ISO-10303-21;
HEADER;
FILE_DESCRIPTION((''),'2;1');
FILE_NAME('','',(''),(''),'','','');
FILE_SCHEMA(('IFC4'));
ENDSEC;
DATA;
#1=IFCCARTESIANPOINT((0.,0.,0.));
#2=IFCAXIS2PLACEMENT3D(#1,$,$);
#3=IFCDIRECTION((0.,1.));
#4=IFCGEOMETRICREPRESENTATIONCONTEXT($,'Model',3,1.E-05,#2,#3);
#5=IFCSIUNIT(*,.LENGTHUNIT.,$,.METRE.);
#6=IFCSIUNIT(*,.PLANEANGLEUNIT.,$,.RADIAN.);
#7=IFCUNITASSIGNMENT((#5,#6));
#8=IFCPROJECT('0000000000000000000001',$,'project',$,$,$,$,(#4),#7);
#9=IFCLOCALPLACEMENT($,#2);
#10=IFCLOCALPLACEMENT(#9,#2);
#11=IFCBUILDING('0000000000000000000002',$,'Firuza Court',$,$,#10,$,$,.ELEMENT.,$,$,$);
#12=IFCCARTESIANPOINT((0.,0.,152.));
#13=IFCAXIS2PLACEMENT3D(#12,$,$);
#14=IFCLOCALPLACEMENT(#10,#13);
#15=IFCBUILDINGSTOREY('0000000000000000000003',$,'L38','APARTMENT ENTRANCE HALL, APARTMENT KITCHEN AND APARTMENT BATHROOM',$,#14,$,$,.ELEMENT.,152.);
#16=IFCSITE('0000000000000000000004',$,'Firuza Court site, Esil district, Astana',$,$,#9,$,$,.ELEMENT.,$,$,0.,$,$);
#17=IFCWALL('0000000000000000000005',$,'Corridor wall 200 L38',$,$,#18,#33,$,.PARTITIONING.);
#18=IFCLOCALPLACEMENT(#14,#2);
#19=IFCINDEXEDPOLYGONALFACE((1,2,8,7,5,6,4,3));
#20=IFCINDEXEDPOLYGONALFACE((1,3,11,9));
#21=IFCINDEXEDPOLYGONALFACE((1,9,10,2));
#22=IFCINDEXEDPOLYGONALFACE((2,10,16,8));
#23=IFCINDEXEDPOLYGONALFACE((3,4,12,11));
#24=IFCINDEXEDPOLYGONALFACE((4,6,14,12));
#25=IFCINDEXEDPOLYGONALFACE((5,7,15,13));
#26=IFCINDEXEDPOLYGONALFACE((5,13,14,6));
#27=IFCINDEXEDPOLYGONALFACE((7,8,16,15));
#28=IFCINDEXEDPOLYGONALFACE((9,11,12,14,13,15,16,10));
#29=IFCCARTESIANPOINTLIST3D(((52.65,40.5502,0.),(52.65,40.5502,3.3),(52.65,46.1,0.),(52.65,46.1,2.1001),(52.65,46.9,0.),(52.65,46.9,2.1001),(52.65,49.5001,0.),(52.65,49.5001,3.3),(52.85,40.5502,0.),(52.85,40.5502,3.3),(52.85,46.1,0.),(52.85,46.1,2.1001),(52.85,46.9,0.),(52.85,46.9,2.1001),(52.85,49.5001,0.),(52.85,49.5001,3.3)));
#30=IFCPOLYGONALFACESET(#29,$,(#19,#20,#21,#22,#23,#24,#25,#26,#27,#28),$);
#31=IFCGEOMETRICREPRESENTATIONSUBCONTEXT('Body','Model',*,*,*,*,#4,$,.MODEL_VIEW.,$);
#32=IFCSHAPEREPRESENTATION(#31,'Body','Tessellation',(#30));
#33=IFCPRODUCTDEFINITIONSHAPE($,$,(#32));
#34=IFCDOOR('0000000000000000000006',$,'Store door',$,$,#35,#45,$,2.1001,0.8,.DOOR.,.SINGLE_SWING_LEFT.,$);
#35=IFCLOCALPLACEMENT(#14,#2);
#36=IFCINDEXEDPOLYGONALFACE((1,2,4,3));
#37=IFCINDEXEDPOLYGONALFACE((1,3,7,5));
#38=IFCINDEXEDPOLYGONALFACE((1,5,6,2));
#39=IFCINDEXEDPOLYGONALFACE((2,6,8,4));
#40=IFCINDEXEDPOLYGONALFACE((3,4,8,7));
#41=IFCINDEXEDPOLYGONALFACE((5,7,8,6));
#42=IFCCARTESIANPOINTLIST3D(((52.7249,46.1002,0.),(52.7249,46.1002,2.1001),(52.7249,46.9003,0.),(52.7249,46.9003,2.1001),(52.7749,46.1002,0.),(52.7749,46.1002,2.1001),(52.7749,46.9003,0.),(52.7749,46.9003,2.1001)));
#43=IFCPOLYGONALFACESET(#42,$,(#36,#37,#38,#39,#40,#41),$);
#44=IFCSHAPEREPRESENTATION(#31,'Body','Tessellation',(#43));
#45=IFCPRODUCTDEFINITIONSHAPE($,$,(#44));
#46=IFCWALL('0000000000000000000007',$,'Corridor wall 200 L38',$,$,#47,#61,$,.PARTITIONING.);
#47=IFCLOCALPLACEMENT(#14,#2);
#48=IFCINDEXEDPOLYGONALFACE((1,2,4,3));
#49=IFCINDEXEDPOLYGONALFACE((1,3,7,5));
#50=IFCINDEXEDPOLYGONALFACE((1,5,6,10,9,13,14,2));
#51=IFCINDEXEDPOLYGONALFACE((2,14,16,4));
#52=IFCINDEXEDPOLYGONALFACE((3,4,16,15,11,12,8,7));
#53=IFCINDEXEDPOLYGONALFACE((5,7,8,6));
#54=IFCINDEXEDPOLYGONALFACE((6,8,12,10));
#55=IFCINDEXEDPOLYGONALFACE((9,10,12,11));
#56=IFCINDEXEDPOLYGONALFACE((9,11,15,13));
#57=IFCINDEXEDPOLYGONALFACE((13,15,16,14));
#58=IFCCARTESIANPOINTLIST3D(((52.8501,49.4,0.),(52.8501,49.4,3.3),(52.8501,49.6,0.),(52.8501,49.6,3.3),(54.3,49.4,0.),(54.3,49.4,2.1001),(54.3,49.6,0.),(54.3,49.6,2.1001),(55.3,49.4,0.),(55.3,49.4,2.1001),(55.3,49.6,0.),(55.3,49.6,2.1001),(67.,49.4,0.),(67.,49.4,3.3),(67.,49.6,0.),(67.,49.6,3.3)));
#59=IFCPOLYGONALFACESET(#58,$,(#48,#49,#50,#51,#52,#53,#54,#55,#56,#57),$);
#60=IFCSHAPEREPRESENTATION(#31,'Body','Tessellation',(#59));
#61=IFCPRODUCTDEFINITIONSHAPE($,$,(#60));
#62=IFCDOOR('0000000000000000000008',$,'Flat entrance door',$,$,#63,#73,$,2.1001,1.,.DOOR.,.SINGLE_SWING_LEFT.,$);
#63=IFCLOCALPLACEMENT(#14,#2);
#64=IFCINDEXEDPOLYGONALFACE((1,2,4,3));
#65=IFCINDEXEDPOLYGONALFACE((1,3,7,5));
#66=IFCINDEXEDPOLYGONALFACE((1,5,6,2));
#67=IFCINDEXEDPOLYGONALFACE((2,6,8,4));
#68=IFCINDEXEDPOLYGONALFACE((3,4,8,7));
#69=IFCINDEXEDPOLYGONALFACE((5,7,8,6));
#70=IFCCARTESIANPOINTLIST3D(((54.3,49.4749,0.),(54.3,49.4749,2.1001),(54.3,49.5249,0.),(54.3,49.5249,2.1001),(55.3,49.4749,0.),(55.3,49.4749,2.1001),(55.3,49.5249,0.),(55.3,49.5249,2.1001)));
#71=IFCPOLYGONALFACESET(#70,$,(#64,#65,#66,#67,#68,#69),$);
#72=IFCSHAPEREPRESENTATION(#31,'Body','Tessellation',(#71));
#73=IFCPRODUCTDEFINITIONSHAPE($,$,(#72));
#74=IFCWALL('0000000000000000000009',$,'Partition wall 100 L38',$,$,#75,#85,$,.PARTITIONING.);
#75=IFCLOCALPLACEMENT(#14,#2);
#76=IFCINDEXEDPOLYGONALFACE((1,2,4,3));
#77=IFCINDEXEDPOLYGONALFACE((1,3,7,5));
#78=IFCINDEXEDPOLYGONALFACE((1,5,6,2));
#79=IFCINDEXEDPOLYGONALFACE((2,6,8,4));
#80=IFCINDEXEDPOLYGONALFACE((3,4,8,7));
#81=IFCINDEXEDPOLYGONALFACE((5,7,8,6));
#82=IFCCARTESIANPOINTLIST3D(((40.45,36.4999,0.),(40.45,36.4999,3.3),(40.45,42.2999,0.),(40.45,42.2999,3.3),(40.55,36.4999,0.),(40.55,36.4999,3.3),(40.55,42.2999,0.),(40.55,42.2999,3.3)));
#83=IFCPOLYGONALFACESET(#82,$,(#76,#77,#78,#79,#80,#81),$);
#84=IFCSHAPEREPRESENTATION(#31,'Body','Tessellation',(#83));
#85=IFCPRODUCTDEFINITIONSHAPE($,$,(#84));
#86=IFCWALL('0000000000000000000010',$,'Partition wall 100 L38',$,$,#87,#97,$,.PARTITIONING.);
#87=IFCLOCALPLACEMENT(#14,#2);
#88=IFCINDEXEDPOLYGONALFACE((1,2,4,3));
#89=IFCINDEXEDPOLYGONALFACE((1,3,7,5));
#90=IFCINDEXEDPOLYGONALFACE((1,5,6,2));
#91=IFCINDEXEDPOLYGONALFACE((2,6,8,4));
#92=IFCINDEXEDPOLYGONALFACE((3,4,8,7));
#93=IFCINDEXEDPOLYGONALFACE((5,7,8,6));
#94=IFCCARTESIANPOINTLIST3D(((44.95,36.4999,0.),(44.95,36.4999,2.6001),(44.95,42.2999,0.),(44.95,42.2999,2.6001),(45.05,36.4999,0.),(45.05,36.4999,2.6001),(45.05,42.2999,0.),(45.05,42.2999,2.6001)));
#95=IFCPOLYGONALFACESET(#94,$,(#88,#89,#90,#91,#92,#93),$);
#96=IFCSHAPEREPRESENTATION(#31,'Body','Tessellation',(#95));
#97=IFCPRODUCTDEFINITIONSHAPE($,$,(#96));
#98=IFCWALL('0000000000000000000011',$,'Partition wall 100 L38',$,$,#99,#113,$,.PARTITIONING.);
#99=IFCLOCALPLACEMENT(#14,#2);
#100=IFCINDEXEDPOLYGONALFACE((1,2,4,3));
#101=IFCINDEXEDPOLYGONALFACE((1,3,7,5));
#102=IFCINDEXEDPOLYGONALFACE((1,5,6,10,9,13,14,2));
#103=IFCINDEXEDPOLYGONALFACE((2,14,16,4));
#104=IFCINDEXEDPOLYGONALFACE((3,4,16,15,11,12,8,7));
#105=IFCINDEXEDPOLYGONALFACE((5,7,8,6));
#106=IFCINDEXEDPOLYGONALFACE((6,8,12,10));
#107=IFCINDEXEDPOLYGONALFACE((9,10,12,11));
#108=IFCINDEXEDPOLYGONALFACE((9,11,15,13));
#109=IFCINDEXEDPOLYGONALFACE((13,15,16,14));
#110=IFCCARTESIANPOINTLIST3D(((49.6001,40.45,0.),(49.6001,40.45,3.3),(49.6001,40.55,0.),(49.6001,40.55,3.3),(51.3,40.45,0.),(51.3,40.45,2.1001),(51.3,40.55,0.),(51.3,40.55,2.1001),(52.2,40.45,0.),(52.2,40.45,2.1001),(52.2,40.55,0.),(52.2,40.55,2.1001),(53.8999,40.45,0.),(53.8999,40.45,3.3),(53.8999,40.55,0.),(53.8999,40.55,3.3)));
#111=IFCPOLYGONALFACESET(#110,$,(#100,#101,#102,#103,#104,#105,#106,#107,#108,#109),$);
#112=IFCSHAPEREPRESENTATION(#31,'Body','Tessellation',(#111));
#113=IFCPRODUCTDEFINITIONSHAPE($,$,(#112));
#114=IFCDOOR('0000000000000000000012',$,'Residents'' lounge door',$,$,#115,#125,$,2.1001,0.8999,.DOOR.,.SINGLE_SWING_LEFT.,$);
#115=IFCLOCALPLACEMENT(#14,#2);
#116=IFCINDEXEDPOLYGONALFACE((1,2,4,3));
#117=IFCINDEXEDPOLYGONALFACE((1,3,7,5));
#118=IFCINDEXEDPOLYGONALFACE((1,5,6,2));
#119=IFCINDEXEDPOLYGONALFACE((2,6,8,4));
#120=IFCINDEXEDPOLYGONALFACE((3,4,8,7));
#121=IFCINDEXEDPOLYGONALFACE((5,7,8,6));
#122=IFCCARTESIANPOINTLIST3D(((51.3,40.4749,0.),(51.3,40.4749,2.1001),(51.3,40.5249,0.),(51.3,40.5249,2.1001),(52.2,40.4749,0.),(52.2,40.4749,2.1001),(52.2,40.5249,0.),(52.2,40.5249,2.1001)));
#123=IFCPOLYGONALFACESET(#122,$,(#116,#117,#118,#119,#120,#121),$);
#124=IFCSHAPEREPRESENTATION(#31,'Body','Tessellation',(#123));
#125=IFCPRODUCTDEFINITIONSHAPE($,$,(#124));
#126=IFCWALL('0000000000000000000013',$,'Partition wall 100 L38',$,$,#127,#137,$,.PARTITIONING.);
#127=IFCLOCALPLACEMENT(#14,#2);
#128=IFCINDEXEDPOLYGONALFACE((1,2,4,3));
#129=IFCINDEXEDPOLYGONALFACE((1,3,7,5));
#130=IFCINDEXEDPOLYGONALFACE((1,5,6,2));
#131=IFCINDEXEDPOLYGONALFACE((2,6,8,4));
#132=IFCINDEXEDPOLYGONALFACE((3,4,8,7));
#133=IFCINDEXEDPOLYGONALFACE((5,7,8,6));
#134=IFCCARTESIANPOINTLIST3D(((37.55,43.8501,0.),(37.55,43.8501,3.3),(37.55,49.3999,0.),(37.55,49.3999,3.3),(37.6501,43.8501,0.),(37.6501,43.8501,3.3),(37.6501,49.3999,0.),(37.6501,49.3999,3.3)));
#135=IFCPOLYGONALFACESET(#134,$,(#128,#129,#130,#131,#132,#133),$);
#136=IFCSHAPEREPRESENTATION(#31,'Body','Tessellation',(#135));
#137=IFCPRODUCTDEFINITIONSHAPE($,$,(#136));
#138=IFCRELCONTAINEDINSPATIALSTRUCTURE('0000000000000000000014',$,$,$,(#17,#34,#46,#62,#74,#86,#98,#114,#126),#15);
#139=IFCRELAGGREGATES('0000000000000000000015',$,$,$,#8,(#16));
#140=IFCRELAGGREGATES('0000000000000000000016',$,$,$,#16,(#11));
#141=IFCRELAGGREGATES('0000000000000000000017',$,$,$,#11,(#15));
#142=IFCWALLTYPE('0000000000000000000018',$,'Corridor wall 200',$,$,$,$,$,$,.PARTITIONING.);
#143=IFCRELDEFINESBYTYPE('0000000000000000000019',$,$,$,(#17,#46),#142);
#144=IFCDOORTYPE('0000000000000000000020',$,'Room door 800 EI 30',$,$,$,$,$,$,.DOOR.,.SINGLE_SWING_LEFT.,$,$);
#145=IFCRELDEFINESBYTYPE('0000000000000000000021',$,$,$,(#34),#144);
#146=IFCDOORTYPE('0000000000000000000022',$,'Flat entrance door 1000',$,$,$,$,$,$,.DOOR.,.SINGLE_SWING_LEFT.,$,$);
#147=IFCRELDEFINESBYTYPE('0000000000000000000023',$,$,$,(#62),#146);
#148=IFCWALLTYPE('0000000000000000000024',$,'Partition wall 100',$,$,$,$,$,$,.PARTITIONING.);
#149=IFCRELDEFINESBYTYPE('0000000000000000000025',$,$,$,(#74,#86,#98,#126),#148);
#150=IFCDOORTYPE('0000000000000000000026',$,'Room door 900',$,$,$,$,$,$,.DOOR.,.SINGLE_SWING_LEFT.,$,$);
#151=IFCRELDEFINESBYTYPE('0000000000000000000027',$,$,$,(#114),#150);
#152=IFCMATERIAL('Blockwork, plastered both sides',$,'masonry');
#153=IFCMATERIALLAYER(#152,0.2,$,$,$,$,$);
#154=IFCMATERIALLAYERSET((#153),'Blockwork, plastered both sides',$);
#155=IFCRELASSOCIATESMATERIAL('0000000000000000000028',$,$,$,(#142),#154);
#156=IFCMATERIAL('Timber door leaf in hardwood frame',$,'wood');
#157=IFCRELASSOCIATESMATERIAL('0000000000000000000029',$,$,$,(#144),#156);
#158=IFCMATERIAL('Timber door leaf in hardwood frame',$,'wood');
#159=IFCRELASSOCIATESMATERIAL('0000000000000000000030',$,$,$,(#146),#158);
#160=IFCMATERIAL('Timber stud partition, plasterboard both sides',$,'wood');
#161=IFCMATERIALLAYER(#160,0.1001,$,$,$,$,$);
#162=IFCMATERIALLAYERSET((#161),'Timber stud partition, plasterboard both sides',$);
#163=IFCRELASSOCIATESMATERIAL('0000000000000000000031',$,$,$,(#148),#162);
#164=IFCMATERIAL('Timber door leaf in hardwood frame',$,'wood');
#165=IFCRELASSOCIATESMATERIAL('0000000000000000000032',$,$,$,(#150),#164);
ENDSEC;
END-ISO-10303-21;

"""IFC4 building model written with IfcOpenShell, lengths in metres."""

from ifc_helpers import new_model, si_unit, direction, frame, frame_2d, origin, place, context, subcontext, project, spatial, rectangle, extrude, material, layer, layer_set, type_object, element, fill, save


model = new_model("IFC4")

# Units and contexts
model_context = context("Model", 3, precision=1e-05, world=origin(), true_north=direction((0.0, 1.0)))
body_context = subcontext(model_context, "Body", "Model", "MODEL_VIEW")
ifc_project = project(units=[si_unit("LENGTHUNIT", "METRE"), si_unit("PLANEANGLEUNIT", "RADIAN")], contexts=[model_context])

# Site, building, storey
site_placement = place(None, origin())
site = spatial("IfcSite", under=ifc_project, at=site_placement, Name="Firuza Court site, Esil district, Astana", CompositionType="ELEMENT", RefElevation=0.0)
building_placement = place(site_placement, origin())
building = spatial("IfcBuilding", under=site, at=building_placement, Name="Firuza Court", CompositionType="ELEMENT")
storey_placement = place(building_placement, frame((0.0, 0.0, 152.0)))
storey = spatial("IfcBuildingStorey", under=building, at=storey_placement, Name="L38", Description="APARTMENT ENTRANCE HALL, APARTMENT KITCHEN AND APARTMENT BATHROOM", CompositionType="ELEMENT", Elevation=152.0)

# Walls, openings, doors
ifc_material_1 = material(Name="Blockwork, plastered both sides", Category="masonry")
ifc_layer_1 = layer(ifc_material_1, 0.2)
ifc_layer_set_1 = layer_set([ifc_layer_1], Name="Blockwork, plastered both sides")
wall_type_1 = type_object("IfcWallType", Name="Corridor wall 200", PredefinedType="PARTITIONING", material=ifc_layer_set_1)
ifc_material_2 = material(Name="Timber door leaf in hardwood frame", Category="wood")
door_type_1 = type_object("IfcDoorType", Name="Room door 800 EI 30", OperationType="SINGLE_SWING_LEFT", PredefinedType="DOOR", material=ifc_material_2)
wall_1_placement = place(storey_placement, frame((52.75, 40.55, 0.0), z_axis=(0.0, 0.0, 1.0), x_axis=(0.0, 1.0, 0.0)))
wall_1 = element("IfcWall", 1, at=wall_1_placement, inside=storey, type_object=wall_type_1, Name="Corridor wall 200 L38", PredefinedType="PARTITIONING", context=body_context, shape_type="SweptSolid", body=[
    extrude(rectangle(XDim=8.95, YDim=0.2, at=frame_2d((4.4751, 0.0))), origin(), (0.0, 0.0, 1.0), 3.3),
])
opening_1_placement = place(wall_1_placement, frame((5.55, 0.0, 0.0)))
opening_1 = element("IfcOpeningElement", 2, at=opening_1_placement, cuts=wall_1, PredefinedType="OPENING", context=body_context, shape_type="SweptSolid", body=[
    extrude(rectangle(XDim=0.8, YDim=2.1001, at=frame_2d((0.3999, 1.05))), frame((0.0, 0.1118, 0.0), z_axis=(0.0, -1.0, 0.0), x_axis=(1.0, 0.0, 0.0)), (0.0, 0.0, 1.0), 0.2239),
])
door_1_placement = place(opening_1_placement, frame((0.8, 0.0, 0.0), z_axis=(0.0, 0.0, 1.0), x_axis=(-1.0, 0.0, 0.0)))
door_1 = element("IfcDoor", 3, at=door_1_placement, inside=storey, type_object=door_type_1, Name="Store door", OperationType="SINGLE_SWING_LEFT", OverallHeight=2.1001, OverallWidth=0.8, PredefinedType="DOOR", context=body_context, shape_type="SweptSolid", body=[
    extrude(rectangle(XDim=0.8, YDim=2.1001, at=frame_2d((0.3999, 1.05))), frame((0.0, 0.0249, 0.0), z_axis=(0.0, -1.0, 0.0), x_axis=(1.0, 0.0, 0.0)), (0.0, 0.0, 1.0), 0.05),
])
fill(opening_1, door_1)
wall_2_placement = place(storey_placement, frame((52.8501, 49.5, 0.0), z_axis=(0.0, 0.0, 1.0), x_axis=(1.0, 0.0, 0.0)))
wall_2 = element("IfcWall", 4, at=wall_2_placement, inside=storey, type_object=wall_type_1, Name="Corridor wall 200 L38", PredefinedType="PARTITIONING", context=body_context, shape_type="SweptSolid", body=[
    extrude(rectangle(XDim=14.1499, YDim=0.2, at=frame_2d((7.075, 0.0))), origin(), (0.0, 0.0, 1.0), 3.3),
])
opening_2_placement = place(wall_2_placement, frame((1.45, 0.0, 0.0)))
opening_2 = element("IfcOpeningElement", 5, at=opening_2_placement, cuts=wall_2, PredefinedType="OPENING", context=body_context, shape_type="SweptSolid", body=[
    extrude(rectangle(XDim=1.0, YDim=2.1001, at=frame_2d((0.5, 1.05))), frame((0.0, 0.1118, 0.0), z_axis=(0.0, -1.0, 0.0), x_axis=(1.0, 0.0, 0.0)), (0.0, 0.0, 1.0), 0.2239),
])
ifc_material_3 = material(Name="Timber door leaf in hardwood frame", Category="wood")
door_type_2 = type_object("IfcDoorType", Name="Flat entrance door 1000", OperationType="SINGLE_SWING_LEFT", PredefinedType="DOOR", material=ifc_material_3)
door_2_placement = place(opening_2_placement, origin())
door_2 = element("IfcDoor", 6, at=door_2_placement, inside=storey, type_object=door_type_2, Name="Flat entrance door", OperationType="SINGLE_SWING_LEFT", OverallHeight=2.1001, OverallWidth=1.0, PredefinedType="DOOR", context=body_context, shape_type="SweptSolid", body=[
    extrude(rectangle(XDim=1.0, YDim=2.1001, at=frame_2d((0.5, 1.05))), frame((0.0, 0.0249, 0.0), z_axis=(0.0, -1.0, 0.0), x_axis=(1.0, 0.0, 0.0)), (0.0, 0.0, 1.0), 0.05),
])
fill(opening_2, door_2)

# Walls
ifc_material_4 = material(Name="Timber stud partition, plasterboard both sides", Category="wood")
ifc_layer_2 = layer(ifc_material_4, 0.1001)
ifc_layer_set_2 = layer_set([ifc_layer_2], Name="Timber stud partition, plasterboard both sides")
wall_type_2 = type_object("IfcWallType", Name="Partition wall 100", PredefinedType="PARTITIONING", material=ifc_layer_set_2)
wall_3_placement = place(storey_placement, frame((40.5, 36.5, 0.0), z_axis=(0.0, 0.0, 1.0), x_axis=(0.0, 1.0, 0.0)))
element("IfcWall", 7, at=wall_3_placement, inside=storey, type_object=wall_type_2, Name="Partition wall 100 L38", PredefinedType="PARTITIONING", context=body_context, shape_type="SweptSolid", body=[
    extrude(rectangle(XDim=5.8, YDim=0.1001, at=frame_2d((2.8999, 0.0))), origin(), (0.0, 0.0, 1.0), 3.3),
])
wall_4_placement = place(storey_placement, frame((45.0, 36.5, 0.0), z_axis=(0.0, 0.0, 1.0), x_axis=(0.0, 1.0, 0.0)))
element("IfcWall", 8, at=wall_4_placement, inside=storey, type_object=wall_type_2, Name="Partition wall 100 L38", PredefinedType="PARTITIONING", context=body_context, shape_type="SweptSolid", body=[
    extrude(rectangle(XDim=5.8, YDim=0.1001, at=frame_2d((2.8999, 0.0))), origin(), (0.0, 0.0, 1.0), 2.6001),
])

# Wall, opening, door
wall_5_placement = place(storey_placement, frame((49.6001, 40.5, 0.0), z_axis=(0.0, 0.0, 1.0), x_axis=(1.0, 0.0, 0.0)))
wall_5 = element("IfcWall", 9, at=wall_5_placement, inside=storey, type_object=wall_type_2, Name="Partition wall 100 L38", PredefinedType="PARTITIONING", context=body_context, shape_type="SweptSolid", body=[
    extrude(rectangle(XDim=4.2998, YDim=0.1001, at=frame_2d((2.1499, 0.0))), origin(), (0.0, 0.0, 1.0), 3.3),
])
opening_3_placement = place(wall_5_placement, frame((1.7, 0.0, 0.0)))
opening_3 = element("IfcOpeningElement", 10, at=opening_3_placement, cuts=wall_5, PredefinedType="OPENING", context=body_context, shape_type="SweptSolid", body=[
    extrude(rectangle(XDim=0.8999, YDim=2.1001, at=frame_2d((0.45, 1.05))), frame((0.0, 0.062, 0.0), z_axis=(0.0, -1.0, 0.0), x_axis=(1.0, 0.0, 0.0)), (0.0, 0.0, 1.0), 0.124),
])
ifc_material_5 = material(Name="Timber door leaf in hardwood frame", Category="wood")
door_type_3 = type_object("IfcDoorType", Name="Room door 900", OperationType="SINGLE_SWING_LEFT", PredefinedType="DOOR", material=ifc_material_5)
door_3_placement = place(opening_3_placement, origin())
door_3 = element("IfcDoor", 11, at=door_3_placement, inside=storey, type_object=door_type_3, Name="Residents' lounge door", OperationType="SINGLE_SWING_LEFT", OverallHeight=2.1001, OverallWidth=0.8999, PredefinedType="DOOR", context=body_context, shape_type="SweptSolid", body=[
    extrude(rectangle(XDim=0.8999, YDim=2.1001, at=frame_2d((0.45, 1.05))), frame((0.0, 0.0249, 0.0), z_axis=(0.0, -1.0, 0.0), x_axis=(1.0, 0.0, 0.0)), (0.0, 0.0, 1.0), 0.05),
])
fill(opening_3, door_3)

# Wall
wall_6_placement = place(storey_placement, frame((37.6001, 43.8501, 0.0), z_axis=(0.0, 0.0, 1.0), x_axis=(0.0, 1.0, 0.0)))
element("IfcWall", 12, at=wall_6_placement, inside=storey, type_object=wall_type_2, Name="Partition wall 100 L38", PredefinedType="PARTITIONING", context=body_context, shape_type="SweptSolid", body=[
    extrude(rectangle(XDim=5.5498, YDim=0.1001, at=frame_2d((2.7749, 0.0))), origin(), (0.0, 0.0, 1.0), 3.3),
])

save(model, "model.ifc")
